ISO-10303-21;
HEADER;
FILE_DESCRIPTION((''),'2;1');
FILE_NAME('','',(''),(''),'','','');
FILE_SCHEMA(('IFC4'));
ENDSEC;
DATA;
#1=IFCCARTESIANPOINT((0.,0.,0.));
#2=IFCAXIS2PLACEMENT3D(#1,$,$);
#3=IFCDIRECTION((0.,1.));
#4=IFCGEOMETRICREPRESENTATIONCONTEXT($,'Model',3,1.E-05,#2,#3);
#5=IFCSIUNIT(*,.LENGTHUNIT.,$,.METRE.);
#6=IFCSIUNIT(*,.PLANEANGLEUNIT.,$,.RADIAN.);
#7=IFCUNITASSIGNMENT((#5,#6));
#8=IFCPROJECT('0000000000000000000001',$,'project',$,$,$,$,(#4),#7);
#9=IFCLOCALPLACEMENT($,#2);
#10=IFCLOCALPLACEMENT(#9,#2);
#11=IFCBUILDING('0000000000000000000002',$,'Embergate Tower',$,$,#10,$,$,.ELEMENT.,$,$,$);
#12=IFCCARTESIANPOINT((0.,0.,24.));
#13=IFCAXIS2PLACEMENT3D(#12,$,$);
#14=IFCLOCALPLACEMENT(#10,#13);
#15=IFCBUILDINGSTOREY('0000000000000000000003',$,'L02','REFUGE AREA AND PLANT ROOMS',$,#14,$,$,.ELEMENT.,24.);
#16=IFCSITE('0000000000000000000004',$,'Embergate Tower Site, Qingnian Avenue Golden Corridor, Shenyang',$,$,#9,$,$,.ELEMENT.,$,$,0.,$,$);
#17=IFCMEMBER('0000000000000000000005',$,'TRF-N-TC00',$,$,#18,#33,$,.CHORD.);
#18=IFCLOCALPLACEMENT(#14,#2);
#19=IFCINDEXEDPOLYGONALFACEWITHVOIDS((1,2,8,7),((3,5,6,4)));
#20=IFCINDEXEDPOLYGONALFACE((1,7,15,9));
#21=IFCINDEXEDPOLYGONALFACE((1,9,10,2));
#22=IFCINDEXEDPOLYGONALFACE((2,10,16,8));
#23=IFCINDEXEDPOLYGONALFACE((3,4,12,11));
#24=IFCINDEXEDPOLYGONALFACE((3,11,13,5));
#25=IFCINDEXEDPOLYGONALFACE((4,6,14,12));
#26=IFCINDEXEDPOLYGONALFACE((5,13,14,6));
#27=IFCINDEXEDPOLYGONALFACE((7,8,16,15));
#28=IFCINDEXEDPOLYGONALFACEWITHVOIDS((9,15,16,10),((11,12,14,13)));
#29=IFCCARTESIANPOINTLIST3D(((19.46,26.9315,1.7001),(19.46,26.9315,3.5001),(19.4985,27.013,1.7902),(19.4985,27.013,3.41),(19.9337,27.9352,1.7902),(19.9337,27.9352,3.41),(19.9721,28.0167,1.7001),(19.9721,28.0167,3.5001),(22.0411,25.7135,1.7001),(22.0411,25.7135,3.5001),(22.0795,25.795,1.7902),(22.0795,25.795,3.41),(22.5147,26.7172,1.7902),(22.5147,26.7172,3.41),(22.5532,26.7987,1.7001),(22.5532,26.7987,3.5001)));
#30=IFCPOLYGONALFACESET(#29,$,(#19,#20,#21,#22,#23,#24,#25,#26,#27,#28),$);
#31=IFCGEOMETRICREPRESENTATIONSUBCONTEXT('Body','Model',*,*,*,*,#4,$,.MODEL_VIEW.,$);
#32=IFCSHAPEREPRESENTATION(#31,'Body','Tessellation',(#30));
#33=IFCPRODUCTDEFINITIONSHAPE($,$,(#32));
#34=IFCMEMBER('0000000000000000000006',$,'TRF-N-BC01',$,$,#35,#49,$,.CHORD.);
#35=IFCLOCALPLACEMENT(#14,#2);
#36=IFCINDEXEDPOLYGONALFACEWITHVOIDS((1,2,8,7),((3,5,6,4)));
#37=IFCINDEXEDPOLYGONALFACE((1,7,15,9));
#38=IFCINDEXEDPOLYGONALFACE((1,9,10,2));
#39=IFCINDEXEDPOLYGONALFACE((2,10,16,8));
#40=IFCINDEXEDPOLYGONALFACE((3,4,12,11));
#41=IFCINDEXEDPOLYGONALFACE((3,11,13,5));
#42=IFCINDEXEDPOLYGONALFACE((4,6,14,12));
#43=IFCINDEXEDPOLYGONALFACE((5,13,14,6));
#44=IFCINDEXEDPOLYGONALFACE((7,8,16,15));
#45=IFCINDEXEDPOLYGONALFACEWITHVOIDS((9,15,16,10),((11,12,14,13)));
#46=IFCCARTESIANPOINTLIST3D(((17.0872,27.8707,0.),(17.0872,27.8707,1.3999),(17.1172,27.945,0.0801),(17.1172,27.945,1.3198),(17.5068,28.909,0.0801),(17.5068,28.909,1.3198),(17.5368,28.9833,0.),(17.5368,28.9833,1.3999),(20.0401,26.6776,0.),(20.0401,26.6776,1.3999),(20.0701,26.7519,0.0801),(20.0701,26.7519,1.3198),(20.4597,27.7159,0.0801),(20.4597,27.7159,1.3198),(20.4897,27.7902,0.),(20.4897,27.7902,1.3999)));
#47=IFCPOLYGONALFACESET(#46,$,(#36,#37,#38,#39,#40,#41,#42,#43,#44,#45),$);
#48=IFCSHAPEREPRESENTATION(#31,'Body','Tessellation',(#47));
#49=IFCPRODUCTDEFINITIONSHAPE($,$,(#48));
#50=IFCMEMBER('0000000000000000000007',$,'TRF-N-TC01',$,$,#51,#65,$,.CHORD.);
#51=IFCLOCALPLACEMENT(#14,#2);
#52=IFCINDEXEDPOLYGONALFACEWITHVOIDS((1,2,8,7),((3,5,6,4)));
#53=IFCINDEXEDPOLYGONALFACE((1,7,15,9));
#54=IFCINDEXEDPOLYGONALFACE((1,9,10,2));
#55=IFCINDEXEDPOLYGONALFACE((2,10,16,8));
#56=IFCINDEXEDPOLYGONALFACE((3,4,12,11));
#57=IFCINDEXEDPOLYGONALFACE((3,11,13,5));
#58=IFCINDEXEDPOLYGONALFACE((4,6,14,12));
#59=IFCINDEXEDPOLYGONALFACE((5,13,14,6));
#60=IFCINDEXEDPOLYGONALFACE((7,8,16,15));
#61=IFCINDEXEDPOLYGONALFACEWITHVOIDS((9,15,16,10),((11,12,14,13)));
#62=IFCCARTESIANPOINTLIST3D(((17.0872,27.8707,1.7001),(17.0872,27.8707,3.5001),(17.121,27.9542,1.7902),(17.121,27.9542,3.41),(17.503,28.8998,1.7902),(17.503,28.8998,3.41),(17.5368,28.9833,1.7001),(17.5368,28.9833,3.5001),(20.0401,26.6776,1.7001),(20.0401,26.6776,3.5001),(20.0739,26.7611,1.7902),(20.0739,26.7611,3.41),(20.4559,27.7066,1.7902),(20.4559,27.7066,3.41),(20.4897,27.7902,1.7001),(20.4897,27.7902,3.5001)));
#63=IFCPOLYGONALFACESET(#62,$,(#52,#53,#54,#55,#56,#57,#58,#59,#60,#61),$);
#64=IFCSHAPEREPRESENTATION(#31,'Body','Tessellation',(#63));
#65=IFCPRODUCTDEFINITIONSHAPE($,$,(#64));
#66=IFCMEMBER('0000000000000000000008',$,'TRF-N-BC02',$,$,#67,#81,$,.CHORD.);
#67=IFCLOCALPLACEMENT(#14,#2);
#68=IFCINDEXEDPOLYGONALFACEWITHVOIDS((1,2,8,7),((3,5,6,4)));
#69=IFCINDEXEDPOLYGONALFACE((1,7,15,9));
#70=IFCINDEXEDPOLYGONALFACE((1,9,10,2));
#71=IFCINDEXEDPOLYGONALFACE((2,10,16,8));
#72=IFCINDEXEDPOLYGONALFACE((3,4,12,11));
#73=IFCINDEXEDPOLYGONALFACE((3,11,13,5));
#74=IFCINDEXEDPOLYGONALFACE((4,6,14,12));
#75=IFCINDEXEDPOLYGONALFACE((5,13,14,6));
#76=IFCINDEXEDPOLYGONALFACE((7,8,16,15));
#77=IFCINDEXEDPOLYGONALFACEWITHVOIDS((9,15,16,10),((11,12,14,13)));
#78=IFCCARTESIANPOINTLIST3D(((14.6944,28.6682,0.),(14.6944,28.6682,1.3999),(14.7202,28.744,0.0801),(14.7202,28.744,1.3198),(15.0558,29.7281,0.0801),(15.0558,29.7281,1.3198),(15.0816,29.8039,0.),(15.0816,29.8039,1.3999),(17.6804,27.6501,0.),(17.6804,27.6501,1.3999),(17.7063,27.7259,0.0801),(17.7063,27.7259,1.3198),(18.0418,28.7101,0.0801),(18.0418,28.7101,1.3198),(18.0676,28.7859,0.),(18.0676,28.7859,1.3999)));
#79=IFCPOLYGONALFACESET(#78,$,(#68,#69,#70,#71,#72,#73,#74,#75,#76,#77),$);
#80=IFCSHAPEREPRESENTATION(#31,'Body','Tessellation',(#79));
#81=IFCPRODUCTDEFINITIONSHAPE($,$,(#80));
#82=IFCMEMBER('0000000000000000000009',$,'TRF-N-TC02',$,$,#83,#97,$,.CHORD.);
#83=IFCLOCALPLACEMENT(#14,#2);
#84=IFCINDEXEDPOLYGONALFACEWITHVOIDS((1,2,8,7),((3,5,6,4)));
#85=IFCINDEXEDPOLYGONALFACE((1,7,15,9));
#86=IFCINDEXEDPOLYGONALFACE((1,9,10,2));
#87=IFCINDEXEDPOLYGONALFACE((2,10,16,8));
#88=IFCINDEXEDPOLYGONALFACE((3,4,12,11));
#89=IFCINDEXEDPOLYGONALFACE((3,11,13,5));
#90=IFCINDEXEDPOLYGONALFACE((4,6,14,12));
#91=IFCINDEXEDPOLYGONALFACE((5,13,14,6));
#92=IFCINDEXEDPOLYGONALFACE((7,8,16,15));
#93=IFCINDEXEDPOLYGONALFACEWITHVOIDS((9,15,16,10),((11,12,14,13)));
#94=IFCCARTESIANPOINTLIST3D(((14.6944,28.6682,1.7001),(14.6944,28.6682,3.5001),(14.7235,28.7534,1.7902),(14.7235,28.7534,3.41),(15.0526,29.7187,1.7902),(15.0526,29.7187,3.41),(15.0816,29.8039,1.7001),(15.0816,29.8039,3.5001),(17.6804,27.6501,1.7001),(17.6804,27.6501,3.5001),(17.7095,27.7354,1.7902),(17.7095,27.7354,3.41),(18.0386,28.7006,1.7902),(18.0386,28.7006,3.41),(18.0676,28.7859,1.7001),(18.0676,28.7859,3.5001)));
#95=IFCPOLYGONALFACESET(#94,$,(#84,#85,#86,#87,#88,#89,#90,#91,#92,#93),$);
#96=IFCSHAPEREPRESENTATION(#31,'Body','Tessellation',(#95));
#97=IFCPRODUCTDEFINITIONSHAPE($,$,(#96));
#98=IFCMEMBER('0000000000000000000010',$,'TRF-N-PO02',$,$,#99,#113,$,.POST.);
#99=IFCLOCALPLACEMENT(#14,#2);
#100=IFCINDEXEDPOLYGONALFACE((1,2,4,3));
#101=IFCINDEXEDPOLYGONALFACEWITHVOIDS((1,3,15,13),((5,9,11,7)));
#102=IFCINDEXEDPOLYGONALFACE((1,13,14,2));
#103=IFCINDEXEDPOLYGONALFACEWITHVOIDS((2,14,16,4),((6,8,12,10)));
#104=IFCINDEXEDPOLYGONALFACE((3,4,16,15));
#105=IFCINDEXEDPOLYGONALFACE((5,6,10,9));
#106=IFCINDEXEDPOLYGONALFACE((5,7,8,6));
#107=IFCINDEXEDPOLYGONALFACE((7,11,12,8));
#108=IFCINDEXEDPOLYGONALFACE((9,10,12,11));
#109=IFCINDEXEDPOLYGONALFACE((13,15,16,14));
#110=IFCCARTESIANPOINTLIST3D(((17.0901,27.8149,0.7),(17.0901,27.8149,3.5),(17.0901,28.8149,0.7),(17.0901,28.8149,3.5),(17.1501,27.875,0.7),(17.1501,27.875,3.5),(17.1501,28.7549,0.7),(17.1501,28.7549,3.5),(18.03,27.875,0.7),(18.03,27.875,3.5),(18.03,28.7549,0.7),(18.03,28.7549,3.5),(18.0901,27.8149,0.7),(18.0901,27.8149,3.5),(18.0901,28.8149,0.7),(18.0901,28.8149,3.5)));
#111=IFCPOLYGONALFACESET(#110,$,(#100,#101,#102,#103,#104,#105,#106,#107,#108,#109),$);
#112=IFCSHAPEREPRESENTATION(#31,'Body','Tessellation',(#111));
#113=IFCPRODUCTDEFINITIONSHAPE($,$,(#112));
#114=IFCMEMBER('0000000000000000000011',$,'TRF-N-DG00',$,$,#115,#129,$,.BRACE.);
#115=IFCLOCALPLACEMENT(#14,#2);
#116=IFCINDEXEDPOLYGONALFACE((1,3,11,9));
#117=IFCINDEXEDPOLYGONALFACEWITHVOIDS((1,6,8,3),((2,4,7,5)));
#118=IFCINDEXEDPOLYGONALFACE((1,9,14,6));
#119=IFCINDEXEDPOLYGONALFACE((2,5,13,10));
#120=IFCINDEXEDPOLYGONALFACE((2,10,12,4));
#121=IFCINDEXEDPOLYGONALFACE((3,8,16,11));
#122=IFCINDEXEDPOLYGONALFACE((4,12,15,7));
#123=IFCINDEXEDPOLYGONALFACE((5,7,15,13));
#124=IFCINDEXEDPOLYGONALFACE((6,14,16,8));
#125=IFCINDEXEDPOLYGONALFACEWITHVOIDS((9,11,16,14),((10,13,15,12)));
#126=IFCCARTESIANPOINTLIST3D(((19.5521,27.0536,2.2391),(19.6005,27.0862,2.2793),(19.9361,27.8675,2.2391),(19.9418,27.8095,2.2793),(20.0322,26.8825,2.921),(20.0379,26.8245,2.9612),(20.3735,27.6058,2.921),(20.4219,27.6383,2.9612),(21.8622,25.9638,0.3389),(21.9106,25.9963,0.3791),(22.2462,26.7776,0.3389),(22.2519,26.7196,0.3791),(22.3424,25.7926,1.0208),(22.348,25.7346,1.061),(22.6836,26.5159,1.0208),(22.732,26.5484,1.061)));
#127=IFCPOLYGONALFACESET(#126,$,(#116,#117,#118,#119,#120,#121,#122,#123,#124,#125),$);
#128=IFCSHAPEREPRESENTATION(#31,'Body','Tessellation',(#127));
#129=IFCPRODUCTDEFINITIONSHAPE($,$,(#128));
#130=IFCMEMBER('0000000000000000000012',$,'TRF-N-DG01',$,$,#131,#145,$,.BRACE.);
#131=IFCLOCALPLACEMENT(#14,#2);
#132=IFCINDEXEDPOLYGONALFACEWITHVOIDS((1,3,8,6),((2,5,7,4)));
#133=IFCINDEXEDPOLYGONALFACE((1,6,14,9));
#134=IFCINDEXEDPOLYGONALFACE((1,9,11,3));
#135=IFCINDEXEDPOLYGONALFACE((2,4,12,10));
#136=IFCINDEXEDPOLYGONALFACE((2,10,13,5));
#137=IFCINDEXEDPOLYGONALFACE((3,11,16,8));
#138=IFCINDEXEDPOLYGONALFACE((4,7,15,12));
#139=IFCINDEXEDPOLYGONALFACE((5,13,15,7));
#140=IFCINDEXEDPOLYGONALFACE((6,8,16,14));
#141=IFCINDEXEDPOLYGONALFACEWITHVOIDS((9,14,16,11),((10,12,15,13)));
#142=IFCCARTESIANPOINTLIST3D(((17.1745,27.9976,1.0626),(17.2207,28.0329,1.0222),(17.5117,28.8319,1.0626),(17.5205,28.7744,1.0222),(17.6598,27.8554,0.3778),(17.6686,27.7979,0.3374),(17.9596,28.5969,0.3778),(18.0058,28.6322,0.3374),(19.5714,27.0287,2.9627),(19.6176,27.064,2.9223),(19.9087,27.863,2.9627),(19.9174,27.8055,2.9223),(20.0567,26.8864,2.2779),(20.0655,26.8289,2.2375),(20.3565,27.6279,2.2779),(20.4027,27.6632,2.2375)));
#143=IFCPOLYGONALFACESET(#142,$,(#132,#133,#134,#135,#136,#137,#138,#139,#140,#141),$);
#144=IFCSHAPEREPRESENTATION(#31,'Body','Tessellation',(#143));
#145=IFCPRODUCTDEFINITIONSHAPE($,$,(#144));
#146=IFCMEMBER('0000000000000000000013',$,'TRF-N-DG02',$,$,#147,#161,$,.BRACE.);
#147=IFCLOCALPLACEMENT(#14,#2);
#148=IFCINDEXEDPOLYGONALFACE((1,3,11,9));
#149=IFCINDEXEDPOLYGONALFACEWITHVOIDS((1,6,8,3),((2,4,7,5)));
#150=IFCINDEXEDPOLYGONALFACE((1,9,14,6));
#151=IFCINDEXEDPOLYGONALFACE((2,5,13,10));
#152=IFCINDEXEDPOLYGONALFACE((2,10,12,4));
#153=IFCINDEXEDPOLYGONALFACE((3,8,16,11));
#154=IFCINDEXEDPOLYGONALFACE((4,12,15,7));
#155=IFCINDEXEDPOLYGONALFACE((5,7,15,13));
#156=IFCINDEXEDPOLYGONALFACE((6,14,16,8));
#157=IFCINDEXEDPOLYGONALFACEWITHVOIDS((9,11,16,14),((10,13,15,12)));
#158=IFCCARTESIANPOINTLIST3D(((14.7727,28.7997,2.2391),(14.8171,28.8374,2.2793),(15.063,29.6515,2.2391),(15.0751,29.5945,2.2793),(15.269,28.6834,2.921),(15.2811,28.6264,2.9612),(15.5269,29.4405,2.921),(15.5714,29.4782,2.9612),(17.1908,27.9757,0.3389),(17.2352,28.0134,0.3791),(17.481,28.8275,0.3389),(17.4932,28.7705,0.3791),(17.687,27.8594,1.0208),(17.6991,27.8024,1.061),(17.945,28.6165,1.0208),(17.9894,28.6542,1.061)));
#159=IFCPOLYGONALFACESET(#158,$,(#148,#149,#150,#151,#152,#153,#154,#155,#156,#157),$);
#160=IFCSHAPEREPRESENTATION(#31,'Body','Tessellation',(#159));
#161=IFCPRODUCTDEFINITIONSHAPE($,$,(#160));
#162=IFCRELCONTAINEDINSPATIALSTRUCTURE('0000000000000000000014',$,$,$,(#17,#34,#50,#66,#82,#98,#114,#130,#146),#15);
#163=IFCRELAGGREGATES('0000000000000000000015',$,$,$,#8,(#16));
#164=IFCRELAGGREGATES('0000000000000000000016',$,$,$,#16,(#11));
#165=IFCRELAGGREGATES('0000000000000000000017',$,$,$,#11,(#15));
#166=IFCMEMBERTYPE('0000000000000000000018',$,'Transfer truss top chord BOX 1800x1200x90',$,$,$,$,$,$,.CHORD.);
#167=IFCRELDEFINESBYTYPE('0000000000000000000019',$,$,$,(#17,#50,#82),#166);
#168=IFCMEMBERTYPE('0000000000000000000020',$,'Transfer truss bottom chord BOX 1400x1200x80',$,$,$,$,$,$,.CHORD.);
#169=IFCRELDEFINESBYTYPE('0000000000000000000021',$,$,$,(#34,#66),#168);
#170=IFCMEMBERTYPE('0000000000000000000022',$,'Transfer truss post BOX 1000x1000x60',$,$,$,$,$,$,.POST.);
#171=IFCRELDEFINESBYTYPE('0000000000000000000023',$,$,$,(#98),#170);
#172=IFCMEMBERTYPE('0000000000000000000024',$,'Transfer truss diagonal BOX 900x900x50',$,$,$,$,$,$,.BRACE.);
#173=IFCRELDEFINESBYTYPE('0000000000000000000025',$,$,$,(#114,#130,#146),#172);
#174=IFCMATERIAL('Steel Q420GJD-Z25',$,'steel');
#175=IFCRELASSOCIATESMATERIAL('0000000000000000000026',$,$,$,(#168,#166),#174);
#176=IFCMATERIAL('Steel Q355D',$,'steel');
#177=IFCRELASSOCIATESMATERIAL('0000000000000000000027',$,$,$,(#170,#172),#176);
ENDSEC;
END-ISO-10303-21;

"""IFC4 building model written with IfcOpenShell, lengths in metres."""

from ifc_helpers import new_model, si_unit, direction, frame, origin, origin_2d, place, context, subcontext, project, spatial, hollow_rectangle, extrude, source, transform, mapped, material, material_profile, profile_set, type_object, element, save


model = new_model("IFC4")

# Units and contexts
model_context = context("Model", 3, precision=1e-05, world=origin(), true_north=direction((0.0, 1.0)))
body_context = subcontext(model_context, "Body", "Model", "MODEL_VIEW")
ifc_project = project(units=[si_unit("LENGTHUNIT", "METRE"), si_unit("PLANEANGLEUNIT", "RADIAN")], contexts=[model_context])

# Site, building, storey
site_placement = place(None, origin())
site = spatial("IfcSite", under=ifc_project, at=site_placement, Name="Embergate Tower Site, Qingnian Avenue Golden Corridor, Shenyang", CompositionType="ELEMENT", RefElevation=0.0)
building_placement = place(site_placement, origin())
building = spatial("IfcBuilding", under=site, at=building_placement, Name="Embergate Tower", CompositionType="ELEMENT")
storey_placement = place(building_placement, frame((0.0, 0.0, 24.0)))
storey = spatial("IfcBuildingStorey", under=building, at=storey_placement, Name="L02", Description="REFUGE AREA AND PLANT ROOMS", CompositionType="ELEMENT", Elevation=24.0)

# Members
ifc_material_1 = material(Name="Steel Q420GJD-Z25", Category="steel")
ifc_material_profile_1 = material_profile(ifc_material_1, hollow_rectangle(XDim=1.2, YDim=1.3999, WallThickness=0.0801, at=origin_2d()), Name="BOX 1400x1200x80")
ifc_profile_set_1 = profile_set([ifc_material_profile_1], Name="Steel Q420 grade GJD-Z25")
member_type_1 = type_object("IfcMemberType", Name="Transfer truss bottom chord BOX 1400x1200x80", PredefinedType="CHORD", material=ifc_profile_set_1)
ifc_material_profile_2 = material_profile(ifc_material_1, hollow_rectangle(XDim=1.2, YDim=1.8, WallThickness=0.0901, at=origin_2d()), Name="BOX 1800x1200x90")
ifc_profile_set_2 = profile_set([ifc_material_profile_2], Name="Steel Q420 grade GJD-Z25")
member_type_2 = type_object("IfcMemberType", Name="Transfer truss top chord BOX 1800x1200x90", PredefinedType="CHORD", material=ifc_profile_set_2)
shared_shape_1 = source(origin(), body_context, "Body", "SweptSolid", [
    extrude(hollow_rectangle(XDim=1.2, YDim=1.8, WallThickness=0.0901, at=origin_2d()), origin(), (0.0, 0.0, 1.0), 2.854),
])
member_1_placement = place(storey_placement, frame((22.2971, 26.2561, 2.6001), z_axis=(-0.904359, 0.426773, 0.0), x_axis=(-0.426773, -0.904359, 0.0)))
element("IfcMember", 1, at=member_1_placement, inside=storey, type_object=member_type_2, Name="TRF-N-TC00", PredefinedType="CHORD", context=body_context, shape_type="MappedRepresentation", body=[
    mapped(shared_shape_1, transform((0.0, 0.0, 0.0))),
])
shared_shape_2 = source(origin(), body_context, "Body", "SweptSolid", [
    extrude(hollow_rectangle(XDim=1.2, YDim=1.3999, WallThickness=0.0801, at=origin_2d()), origin(), (0.0, 0.0, 1.0), 3.1848),
])
member_2_placement = place(storey_placement, frame((20.2649, 27.2339, 0.7), z_axis=(-0.927176, 0.374627, 0.0), x_axis=(-0.374627, -0.927176, 0.0)))
element("IfcMember", 2, at=member_2_placement, inside=storey, type_object=member_type_1, Name="TRF-N-BC01", PredefinedType="CHORD", context=body_context, shape_type="MappedRepresentation", body=[
    mapped(shared_shape_2, transform((0.0, 0.0, 0.0))),
])
shared_shape_3 = source(origin(), body_context, "Body", "SweptSolid", [
    extrude(hollow_rectangle(XDim=1.2, YDim=1.8, WallThickness=0.0901, at=origin_2d()), origin(), (0.0, 0.0, 1.0), 3.1848),
])
member_3_placement = place(storey_placement, frame((20.2649, 27.2339, 2.6001), z_axis=(-0.927176, 0.374627, 0.0), x_axis=(-0.374627, -0.927176, 0.0)))
element("IfcMember", 3, at=member_3_placement, inside=storey, type_object=member_type_2, Name="TRF-N-TC01", PredefinedType="CHORD", context=body_context, shape_type="MappedRepresentation", body=[
    mapped(shared_shape_3, transform((0.0, 0.0, 0.0))),
])
shared_shape_4 = source(origin(), body_context, "Body", "SweptSolid", [
    extrude(hollow_rectangle(XDim=1.2, YDim=1.3999, WallThickness=0.0801, at=origin_2d()), origin(), (0.0, 0.0, 1.0), 3.1548),
])
member_4_placement = place(storey_placement, frame((17.874, 28.218, 0.7), z_axis=(-0.946502, 0.322698, 0.0), x_axis=(-0.322698, -0.946502, 0.0)))
element("IfcMember", 4, at=member_4_placement, inside=storey, type_object=member_type_1, Name="TRF-N-BC02", PredefinedType="CHORD", context=body_context, shape_type="MappedRepresentation", body=[
    mapped(shared_shape_4, transform((0.0, 0.0, 0.0))),
])
shared_shape_5 = source(origin(), body_context, "Body", "SweptSolid", [
    extrude(hollow_rectangle(XDim=1.2, YDim=1.8, WallThickness=0.0901, at=origin_2d()), origin(), (0.0, 0.0, 1.0), 3.1548),
])
member_5_placement = place(storey_placement, frame((17.874, 28.218, 2.6001), z_axis=(-0.946502, 0.322698, 0.0), x_axis=(-0.322698, -0.946502, 0.0)))
element("IfcMember", 5, at=member_5_placement, inside=storey, type_object=member_type_2, Name="TRF-N-TC02", PredefinedType="CHORD", context=body_context, shape_type="MappedRepresentation", body=[
    mapped(shared_shape_5, transform((0.0, 0.0, 0.0))),
])
ifc_material_2 = material(Name="Steel Q355D", Category="steel")
ifc_material_profile_3 = material_profile(ifc_material_2, hollow_rectangle(XDim=1.0, YDim=1.0, WallThickness=0.0601, at=origin_2d()), Name="BOX 1000x1000x60")
ifc_profile_set_3 = profile_set([ifc_material_profile_3], Name="Steel Q355 grade D")
member_type_3 = type_object("IfcMemberType", Name="Transfer truss post BOX 1000x1000x60", PredefinedType="POST", material=ifc_profile_set_3)
shared_shape_6 = source(origin(), body_context, "Body", "SweptSolid", [
    extrude(hollow_rectangle(XDim=1.0, YDim=1.0, WallThickness=0.0601, at=origin_2d()), origin(), (0.0, 0.0, 1.0), 2.8),
])
member_6_placement = place(storey_placement, frame((17.5901, 28.3149, 0.7), z_axis=(0.0, 0.0, 1.0), x_axis=(1.0, 0.0, 0.0)))
element("IfcMember", 6, at=member_6_placement, inside=storey, type_object=member_type_3, Name="TRF-N-PO02", PredefinedType="POST", context=body_context, shape_type="MappedRepresentation", body=[
    mapped(shared_shape_6, transform((0.0, 0.0, 0.0))),
])
ifc_material_profile_4 = material_profile(ifc_material_2, hollow_rectangle(XDim=0.8999, YDim=0.8999, WallThickness=0.05, at=origin_2d()), Name="BOX 900x900x50")
ifc_profile_set_4 = profile_set([ifc_material_profile_4], Name="Steel Q355 grade D")
member_type_4 = type_object("IfcMemberType", Name="Transfer truss diagonal BOX 900x900x50", PredefinedType="BRACE", material=ifc_profile_set_4)
shared_shape_7 = source(origin(), body_context, "Body", "SweptSolid", [
    extrude(hollow_rectangle(XDim=0.8999, YDim=0.8999, WallThickness=0.05, at=origin_2d()), origin(), (0.0, 0.0, 1.0), 3.1836),
])
member_7_placement = place(storey_placement, frame((22.2971, 26.2561, 0.7), z_axis=(-0.725634, 0.342341, 0.596873), x_axis=(-0.426681, -0.904402, 0.0)))
element("IfcMember", 7, at=member_7_placement, inside=storey, type_object=member_type_4, Name="TRF-N-DG00", PredefinedType="BRACE", context=body_context, shape_type="MappedRepresentation", body=[
    mapped(shared_shape_7, transform((0.0, 0.0, 0.0))),
])
shared_shape_8 = source(origin(), body_context, "Body", "SweptSolid", [
    extrude(hollow_rectangle(XDim=0.8999, YDim=0.8999, WallThickness=0.05, at=origin_2d()), origin(), (0.0, 0.0, 1.0), 3.2085),
])
member_8_placement = place(storey_placement, frame((19.9871, 27.3459, 2.6001), z_axis=(-0.747051, 0.302001, -0.592208), x_axis=(-0.374791, -0.927109, 0.0)))
element("IfcMember", 8, at=member_8_placement, inside=storey, type_object=member_type_4, Name="TRF-N-DG01", PredefinedType="BRACE", context=body_context, shape_type="MappedRepresentation", body=[
    mapped(shared_shape_8, transform((0.0, 0.0, 0.0))),
])
shared_shape_9 = source(origin(), body_context, "Body", "SweptSolid", [
    extrude(hollow_rectangle(XDim=0.8999, YDim=0.8999, WallThickness=0.05, at=origin_2d()), origin(), (0.0, 0.0, 1.0), 3.1838),
])
member_9_placement = place(storey_placement, frame((17.5901, 28.3149, 0.7), z_axis=(-0.759479, 0.258809, 0.596832), x_axis=(-0.322557, -0.94655, 0.0)))
element("IfcMember", 9, at=member_9_placement, inside=storey, type_object=member_type_4, Name="TRF-N-DG02", PredefinedType="BRACE", context=body_context, shape_type="MappedRepresentation", body=[
    mapped(shared_shape_9, transform((0.0, 0.0, 0.0))),
])

save(model, "model.ifc")
